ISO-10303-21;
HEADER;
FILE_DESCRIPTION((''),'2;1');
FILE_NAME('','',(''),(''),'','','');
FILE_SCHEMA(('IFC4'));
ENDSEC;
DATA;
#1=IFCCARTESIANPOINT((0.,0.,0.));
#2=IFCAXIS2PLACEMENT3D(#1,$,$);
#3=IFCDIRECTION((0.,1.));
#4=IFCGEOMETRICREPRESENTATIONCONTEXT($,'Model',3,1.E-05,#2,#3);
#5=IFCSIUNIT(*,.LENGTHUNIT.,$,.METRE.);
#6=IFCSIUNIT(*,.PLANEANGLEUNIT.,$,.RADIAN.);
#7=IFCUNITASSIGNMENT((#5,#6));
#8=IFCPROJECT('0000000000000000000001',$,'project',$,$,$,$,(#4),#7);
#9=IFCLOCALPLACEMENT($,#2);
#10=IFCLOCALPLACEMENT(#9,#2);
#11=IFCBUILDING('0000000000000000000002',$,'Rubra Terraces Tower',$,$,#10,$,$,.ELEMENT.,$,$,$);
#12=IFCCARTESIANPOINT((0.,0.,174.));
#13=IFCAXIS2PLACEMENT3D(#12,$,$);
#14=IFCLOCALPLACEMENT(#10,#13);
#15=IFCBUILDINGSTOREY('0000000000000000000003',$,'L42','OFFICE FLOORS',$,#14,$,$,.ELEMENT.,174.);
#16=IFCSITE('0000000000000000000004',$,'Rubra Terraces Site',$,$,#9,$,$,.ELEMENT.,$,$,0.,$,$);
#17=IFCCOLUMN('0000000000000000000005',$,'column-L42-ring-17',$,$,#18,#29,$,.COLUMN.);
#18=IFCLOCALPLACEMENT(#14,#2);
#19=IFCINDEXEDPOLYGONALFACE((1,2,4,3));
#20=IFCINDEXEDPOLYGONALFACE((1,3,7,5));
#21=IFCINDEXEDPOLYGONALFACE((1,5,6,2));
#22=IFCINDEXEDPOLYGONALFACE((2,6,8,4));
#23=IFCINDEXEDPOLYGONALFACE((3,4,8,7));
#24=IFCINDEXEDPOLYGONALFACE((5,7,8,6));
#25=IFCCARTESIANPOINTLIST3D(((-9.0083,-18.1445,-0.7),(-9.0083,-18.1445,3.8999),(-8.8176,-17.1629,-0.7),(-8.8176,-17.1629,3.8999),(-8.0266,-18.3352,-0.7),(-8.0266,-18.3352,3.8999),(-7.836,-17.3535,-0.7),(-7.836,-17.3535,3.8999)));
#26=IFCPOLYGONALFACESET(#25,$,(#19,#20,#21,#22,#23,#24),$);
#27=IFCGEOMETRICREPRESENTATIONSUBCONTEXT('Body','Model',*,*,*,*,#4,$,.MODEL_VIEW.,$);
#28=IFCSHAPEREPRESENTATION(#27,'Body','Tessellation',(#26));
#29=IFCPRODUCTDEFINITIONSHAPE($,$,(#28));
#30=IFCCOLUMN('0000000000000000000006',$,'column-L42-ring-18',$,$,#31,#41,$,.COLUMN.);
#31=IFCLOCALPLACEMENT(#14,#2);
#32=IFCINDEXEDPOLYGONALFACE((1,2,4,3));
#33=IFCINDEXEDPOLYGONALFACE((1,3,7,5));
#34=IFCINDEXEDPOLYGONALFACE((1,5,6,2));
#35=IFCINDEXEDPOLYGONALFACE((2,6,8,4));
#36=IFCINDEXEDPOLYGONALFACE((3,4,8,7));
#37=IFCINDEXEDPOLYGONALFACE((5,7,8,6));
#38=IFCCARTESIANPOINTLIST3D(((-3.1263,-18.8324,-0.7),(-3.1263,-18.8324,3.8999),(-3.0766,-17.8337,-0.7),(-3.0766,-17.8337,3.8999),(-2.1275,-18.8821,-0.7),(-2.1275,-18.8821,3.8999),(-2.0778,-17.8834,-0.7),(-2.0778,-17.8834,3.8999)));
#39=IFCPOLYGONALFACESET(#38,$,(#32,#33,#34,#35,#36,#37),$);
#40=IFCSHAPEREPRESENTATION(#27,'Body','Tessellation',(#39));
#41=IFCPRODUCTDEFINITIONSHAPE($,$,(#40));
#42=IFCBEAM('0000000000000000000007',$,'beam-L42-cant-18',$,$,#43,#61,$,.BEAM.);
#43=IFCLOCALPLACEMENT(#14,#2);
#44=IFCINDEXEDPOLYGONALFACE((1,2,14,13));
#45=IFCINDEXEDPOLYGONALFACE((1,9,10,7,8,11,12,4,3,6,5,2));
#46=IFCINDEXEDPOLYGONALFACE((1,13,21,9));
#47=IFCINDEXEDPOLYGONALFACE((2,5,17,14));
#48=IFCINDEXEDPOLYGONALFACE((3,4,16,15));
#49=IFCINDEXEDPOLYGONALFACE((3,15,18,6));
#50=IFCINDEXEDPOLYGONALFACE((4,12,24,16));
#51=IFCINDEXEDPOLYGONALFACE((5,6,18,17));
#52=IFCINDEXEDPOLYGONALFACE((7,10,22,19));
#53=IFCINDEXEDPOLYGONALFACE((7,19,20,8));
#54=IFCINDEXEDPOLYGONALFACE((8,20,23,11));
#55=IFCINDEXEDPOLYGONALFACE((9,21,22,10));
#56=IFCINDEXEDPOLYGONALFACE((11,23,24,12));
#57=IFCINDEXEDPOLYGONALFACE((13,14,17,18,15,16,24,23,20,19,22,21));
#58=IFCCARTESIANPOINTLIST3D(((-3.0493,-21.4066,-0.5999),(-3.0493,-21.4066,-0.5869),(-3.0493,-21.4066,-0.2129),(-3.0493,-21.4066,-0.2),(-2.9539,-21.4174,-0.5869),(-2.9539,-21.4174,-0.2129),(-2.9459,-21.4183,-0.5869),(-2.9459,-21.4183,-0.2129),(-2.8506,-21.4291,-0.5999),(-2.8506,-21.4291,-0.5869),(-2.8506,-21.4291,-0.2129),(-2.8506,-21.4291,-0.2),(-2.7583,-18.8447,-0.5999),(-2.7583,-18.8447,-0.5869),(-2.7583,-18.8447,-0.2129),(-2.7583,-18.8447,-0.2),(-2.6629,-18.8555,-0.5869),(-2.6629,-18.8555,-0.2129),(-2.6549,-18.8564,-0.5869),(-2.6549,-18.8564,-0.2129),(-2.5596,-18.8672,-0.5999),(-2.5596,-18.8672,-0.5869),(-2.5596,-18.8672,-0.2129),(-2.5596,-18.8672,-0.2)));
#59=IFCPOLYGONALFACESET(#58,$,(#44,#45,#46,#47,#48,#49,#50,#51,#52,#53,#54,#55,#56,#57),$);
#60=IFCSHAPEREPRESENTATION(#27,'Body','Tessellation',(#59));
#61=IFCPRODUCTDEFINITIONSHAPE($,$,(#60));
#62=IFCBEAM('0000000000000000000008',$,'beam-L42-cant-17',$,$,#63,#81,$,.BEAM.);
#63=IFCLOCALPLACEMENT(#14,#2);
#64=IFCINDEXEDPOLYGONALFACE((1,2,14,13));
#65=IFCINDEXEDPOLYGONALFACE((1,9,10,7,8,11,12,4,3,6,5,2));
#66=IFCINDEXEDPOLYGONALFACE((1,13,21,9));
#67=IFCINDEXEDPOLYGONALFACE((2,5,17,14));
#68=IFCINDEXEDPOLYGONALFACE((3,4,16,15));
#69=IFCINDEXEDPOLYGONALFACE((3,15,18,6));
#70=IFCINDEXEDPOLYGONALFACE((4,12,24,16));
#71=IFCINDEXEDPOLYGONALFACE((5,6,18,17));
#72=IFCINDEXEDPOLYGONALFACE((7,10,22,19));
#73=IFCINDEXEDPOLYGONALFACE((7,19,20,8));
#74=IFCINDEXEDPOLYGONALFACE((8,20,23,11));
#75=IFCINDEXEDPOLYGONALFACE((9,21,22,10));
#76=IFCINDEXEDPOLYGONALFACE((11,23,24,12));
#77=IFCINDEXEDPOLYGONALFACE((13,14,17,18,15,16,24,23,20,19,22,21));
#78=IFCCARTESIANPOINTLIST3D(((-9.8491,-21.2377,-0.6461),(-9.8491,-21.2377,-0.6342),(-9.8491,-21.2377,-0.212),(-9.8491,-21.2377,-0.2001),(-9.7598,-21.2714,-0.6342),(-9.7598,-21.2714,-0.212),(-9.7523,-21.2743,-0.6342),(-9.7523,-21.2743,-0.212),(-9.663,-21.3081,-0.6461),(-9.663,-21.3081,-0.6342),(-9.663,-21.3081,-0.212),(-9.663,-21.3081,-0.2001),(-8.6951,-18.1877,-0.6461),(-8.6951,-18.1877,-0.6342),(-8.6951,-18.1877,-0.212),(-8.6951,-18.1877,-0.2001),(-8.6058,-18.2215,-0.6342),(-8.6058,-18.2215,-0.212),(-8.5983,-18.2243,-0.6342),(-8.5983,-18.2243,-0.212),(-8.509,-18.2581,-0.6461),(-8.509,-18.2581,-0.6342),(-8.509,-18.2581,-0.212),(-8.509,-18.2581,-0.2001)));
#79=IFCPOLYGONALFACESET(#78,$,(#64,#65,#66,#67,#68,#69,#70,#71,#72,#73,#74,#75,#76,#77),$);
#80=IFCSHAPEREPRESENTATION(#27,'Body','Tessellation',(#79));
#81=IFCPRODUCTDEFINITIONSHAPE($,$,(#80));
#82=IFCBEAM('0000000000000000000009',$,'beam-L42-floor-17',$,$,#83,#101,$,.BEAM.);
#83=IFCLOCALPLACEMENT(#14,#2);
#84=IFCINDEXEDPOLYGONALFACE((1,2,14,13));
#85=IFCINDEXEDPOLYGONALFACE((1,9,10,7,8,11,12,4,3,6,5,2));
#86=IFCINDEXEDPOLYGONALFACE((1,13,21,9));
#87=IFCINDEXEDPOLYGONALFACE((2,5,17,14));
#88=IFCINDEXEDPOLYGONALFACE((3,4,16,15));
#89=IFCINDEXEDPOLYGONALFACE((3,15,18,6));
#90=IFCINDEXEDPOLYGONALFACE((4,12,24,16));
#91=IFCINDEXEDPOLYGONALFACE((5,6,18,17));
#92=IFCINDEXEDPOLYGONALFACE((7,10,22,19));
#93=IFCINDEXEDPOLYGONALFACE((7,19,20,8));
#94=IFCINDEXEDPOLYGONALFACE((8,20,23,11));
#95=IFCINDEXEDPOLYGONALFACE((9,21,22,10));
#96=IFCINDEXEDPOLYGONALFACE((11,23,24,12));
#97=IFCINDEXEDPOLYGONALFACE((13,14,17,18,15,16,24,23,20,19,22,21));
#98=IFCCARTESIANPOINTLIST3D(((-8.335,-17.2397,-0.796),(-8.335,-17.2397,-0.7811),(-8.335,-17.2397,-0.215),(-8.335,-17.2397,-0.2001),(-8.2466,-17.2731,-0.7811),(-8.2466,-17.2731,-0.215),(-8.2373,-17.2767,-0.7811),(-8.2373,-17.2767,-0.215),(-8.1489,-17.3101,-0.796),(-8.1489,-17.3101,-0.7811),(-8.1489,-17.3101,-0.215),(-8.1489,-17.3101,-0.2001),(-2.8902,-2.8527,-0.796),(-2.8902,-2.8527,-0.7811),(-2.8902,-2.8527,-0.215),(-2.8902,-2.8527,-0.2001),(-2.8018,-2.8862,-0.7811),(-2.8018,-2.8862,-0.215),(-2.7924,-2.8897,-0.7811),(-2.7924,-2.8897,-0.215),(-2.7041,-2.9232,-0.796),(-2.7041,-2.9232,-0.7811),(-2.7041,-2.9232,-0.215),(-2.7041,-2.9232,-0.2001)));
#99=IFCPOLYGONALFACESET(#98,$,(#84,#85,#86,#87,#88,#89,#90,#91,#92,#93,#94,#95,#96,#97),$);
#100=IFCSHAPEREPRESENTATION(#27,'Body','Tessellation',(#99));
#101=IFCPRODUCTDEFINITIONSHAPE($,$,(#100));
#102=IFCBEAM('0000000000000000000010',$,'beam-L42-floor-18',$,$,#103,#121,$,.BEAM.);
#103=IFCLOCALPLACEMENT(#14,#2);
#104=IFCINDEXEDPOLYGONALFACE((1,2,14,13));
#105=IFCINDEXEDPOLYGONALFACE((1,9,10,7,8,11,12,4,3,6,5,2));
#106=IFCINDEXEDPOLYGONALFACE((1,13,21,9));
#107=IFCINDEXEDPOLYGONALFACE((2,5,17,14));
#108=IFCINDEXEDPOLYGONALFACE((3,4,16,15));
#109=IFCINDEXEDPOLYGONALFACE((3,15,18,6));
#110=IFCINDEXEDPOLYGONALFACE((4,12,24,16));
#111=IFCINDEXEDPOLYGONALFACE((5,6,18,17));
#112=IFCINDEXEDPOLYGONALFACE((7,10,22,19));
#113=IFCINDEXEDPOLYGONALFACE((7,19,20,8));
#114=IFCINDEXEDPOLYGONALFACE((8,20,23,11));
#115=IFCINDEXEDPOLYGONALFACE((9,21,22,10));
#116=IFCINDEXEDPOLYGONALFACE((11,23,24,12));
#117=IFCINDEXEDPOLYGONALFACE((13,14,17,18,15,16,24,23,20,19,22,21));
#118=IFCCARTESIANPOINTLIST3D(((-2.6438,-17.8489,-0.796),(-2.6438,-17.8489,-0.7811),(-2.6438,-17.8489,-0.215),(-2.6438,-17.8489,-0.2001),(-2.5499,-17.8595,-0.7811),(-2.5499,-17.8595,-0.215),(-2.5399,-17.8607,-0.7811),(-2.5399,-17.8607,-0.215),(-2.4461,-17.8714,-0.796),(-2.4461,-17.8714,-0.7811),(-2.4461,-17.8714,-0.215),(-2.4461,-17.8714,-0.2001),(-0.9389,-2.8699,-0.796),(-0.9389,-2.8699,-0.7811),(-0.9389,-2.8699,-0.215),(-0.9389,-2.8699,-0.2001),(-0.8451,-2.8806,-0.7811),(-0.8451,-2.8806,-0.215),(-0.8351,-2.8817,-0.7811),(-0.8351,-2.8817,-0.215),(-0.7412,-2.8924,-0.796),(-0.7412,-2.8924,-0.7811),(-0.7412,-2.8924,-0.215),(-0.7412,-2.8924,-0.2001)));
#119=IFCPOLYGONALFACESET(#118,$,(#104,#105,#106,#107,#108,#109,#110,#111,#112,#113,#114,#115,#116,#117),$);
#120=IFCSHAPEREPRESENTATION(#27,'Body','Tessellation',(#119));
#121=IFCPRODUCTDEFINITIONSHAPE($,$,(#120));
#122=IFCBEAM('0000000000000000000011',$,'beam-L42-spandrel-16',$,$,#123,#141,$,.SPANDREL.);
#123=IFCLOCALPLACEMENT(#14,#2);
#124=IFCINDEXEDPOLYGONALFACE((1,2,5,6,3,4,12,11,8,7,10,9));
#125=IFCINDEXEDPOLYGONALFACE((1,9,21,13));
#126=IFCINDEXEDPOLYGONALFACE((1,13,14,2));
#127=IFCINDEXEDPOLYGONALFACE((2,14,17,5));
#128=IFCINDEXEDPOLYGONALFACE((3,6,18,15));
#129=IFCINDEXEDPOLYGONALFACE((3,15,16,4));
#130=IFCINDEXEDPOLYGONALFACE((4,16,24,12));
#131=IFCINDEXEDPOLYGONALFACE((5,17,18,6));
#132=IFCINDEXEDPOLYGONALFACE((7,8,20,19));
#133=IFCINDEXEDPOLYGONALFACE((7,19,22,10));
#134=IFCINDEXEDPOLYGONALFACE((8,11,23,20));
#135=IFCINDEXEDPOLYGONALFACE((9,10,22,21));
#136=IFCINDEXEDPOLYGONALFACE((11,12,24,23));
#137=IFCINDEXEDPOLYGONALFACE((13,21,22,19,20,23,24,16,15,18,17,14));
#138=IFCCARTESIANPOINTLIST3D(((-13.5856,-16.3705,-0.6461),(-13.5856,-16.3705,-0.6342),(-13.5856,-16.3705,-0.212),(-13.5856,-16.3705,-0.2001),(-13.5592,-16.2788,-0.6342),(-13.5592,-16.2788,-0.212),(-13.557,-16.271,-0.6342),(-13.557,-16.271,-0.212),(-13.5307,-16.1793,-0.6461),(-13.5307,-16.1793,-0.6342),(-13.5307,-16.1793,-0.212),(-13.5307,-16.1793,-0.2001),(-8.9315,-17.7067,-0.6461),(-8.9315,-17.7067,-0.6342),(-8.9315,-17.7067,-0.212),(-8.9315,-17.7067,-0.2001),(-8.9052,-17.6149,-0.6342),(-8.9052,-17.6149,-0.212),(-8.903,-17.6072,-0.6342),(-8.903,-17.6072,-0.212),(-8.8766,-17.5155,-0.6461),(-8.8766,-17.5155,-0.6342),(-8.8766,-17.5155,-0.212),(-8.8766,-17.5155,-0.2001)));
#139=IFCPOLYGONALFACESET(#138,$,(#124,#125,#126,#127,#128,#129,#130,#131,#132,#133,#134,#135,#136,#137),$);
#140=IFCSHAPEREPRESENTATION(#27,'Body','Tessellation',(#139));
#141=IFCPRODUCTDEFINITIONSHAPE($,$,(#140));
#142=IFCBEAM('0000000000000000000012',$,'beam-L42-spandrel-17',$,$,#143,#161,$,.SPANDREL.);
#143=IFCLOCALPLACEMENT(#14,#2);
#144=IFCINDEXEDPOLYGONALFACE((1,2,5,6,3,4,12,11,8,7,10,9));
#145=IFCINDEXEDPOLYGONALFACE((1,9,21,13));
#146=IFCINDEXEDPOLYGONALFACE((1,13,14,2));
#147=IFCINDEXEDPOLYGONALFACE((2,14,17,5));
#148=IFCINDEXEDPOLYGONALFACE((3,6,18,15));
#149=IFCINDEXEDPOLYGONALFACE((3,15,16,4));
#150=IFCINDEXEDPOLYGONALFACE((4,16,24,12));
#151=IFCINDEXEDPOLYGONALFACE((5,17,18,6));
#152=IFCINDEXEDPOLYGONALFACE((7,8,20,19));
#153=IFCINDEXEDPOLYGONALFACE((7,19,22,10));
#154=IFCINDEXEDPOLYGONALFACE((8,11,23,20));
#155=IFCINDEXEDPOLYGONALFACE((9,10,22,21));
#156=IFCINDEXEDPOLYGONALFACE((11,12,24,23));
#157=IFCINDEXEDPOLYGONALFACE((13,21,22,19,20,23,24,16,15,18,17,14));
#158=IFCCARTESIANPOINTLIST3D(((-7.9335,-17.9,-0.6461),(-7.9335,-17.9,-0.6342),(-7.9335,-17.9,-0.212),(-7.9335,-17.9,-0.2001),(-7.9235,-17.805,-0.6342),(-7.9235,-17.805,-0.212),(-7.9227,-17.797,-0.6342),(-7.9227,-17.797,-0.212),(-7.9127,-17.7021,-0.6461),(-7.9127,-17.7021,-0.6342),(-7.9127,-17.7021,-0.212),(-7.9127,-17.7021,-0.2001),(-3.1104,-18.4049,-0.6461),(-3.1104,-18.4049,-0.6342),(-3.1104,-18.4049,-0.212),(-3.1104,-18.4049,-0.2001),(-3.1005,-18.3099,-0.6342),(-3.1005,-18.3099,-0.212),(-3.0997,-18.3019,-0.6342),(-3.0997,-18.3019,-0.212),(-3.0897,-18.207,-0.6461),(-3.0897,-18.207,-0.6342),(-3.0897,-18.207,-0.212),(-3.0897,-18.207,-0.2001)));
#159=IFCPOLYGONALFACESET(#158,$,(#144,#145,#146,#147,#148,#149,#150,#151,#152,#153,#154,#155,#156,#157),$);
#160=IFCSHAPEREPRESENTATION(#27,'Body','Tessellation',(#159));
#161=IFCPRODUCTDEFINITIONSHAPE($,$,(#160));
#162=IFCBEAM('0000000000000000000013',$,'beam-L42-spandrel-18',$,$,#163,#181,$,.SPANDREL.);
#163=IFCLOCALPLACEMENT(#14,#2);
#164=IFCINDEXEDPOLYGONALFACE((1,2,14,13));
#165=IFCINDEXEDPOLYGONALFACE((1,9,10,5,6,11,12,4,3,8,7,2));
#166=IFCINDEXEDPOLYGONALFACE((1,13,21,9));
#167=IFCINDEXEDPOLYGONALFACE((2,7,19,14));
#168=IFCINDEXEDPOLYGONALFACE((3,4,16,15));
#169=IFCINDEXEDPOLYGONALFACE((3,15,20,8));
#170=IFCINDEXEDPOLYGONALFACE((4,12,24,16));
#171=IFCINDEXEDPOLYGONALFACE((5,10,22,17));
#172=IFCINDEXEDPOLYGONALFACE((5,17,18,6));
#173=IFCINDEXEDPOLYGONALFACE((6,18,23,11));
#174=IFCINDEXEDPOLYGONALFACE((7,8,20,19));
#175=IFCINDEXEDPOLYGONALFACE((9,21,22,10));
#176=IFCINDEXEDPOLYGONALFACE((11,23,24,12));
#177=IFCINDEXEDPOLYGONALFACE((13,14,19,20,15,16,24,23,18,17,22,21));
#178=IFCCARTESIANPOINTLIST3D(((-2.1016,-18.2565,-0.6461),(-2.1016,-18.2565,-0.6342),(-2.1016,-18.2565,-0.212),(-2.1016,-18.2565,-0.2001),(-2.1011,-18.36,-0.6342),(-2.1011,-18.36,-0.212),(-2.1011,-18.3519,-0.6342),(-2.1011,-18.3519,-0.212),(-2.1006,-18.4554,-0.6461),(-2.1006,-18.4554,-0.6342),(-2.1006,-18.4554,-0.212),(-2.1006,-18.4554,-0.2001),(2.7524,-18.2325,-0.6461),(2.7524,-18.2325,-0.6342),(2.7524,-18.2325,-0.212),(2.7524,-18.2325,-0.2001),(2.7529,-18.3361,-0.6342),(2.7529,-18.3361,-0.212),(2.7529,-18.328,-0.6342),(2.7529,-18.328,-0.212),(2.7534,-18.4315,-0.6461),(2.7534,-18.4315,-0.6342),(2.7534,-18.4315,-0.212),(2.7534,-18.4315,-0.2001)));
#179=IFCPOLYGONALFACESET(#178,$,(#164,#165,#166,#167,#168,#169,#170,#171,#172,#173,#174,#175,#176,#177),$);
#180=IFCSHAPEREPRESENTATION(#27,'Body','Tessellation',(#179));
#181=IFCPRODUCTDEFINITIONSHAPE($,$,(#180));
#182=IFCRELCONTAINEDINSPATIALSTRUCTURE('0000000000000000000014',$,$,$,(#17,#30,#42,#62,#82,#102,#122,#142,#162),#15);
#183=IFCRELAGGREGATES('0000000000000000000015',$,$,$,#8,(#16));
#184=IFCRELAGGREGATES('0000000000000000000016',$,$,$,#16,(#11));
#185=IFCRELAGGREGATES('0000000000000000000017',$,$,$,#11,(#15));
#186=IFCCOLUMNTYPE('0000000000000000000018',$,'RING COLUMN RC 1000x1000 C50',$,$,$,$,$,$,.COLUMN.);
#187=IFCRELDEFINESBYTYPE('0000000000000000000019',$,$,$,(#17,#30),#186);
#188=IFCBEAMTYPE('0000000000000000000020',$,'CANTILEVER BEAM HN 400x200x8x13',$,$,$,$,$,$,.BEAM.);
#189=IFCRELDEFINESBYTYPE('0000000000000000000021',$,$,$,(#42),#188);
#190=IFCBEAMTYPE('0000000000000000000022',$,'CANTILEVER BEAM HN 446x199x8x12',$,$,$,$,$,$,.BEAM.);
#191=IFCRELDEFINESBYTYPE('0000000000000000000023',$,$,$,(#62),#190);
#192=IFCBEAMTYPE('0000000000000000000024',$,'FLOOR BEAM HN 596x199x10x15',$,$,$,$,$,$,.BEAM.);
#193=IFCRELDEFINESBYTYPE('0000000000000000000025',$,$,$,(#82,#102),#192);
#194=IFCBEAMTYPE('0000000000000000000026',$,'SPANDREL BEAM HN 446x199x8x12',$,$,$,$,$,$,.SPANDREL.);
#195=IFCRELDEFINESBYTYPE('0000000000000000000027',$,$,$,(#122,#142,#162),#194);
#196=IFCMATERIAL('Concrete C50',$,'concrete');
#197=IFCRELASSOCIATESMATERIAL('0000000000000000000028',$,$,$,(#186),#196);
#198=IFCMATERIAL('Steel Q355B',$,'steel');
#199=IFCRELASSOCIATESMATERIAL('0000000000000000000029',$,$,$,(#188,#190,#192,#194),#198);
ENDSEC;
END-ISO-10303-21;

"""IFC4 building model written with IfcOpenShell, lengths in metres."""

from ifc_helpers import new_model, si_unit, direction, frame, origin, origin_2d, place, context, subcontext, project, spatial, rectangle, i_section, extrude, material, material_profile, profile_set, type_object, element, save


model = new_model("IFC4")

# Units and contexts
model_context = context("Model", 3, precision=1e-05, world=origin(), true_north=direction((0.0, 1.0)))
body_context = subcontext(model_context, "Body", "Model", "MODEL_VIEW")
ifc_project = project(units=[si_unit("LENGTHUNIT", "METRE"), si_unit("PLANEANGLEUNIT", "RADIAN")], contexts=[model_context])

# Site, building, storey
site_placement = place(None, origin())
site = spatial("IfcSite", under=ifc_project, at=site_placement, Name="Rubra Terraces Site", CompositionType="ELEMENT", RefElevation=0.0)
building_placement = place(site_placement, origin())
building = spatial("IfcBuilding", under=site, at=building_placement, Name="Rubra Terraces Tower", CompositionType="ELEMENT")
storey_placement = place(building_placement, frame((0.0, 0.0, 174.0)))
storey = spatial("IfcBuildingStorey", under=building, at=storey_placement, Name="L42", Description="OFFICE FLOORS", CompositionType="ELEMENT", Elevation=174.0)

# Columns
ifc_material_1 = material(Name="Concrete C50", Category="concrete")
ifc_material_profile_1 = material_profile(ifc_material_1, rectangle(XDim=1.0, YDim=1.0, at=origin_2d()), Name="RC 1000x1000")
ifc_profile_set_1 = profile_set([ifc_material_profile_1], Name="Concrete C50")
column_type = type_object("IfcColumnType", Name="RING COLUMN RC 1000x1000 C50", PredefinedType="COLUMN", material=ifc_profile_set_1)
for number, where, z_axis, x_axis, name in (
    (1, (-8.4221, -17.749, -0.7), (0.0, 0.0, 1.0), (0.981655, -0.190668, 0.0), "column-L42-ring-17"),
    (2, (-2.6021, -18.3579, -0.7), (0.0, 0.0, 1.0), (0.998764, -0.049699, 0.0), "column-L42-ring-18"),
):
    element("IfcColumn", number, at=place(storey_placement, frame(where, z_axis=z_axis, x_axis=x_axis)), inside=storey, type_object=column_type, Name=name, PredefinedType="COLUMN", context=body_context, shape_type="SweptSolid", body=[
        extrude(rectangle(XDim=1.0, YDim=1.0, at=origin_2d()), origin(), (0.0, 0.0, 1.0), 4.5999),
    ])

# Beams
ifc_material_2 = material(Name="Steel Q355B", Category="steel")
ifc_material_profile_2 = material_profile(ifc_material_2, i_section(OverallWidth=0.2, OverallDepth=0.3999, WebThickness=0.0081, FlangeThickness=0.0129, at=origin_2d()), Name="HN 400x200x8x13")
ifc_profile_set_2 = profile_set([ifc_material_profile_2], Name="Steel Q355B")
beam_type_1 = type_object("IfcBeamType", Name="CANTILEVER BEAM HN 400x200x8x13", PredefinedType="BEAM", material=ifc_profile_set_2)
beam_1_placement = place(storey_placement, frame((-2.6589, -18.856, -0.3999), z_axis=(-0.112863, -0.993611, 0.0), x_axis=(0.993611, -0.112863, 0.0)))
element("IfcBeam", 3, at=beam_1_placement, inside=storey, type_object=beam_type_1, Name="beam-L42-cant-18", PredefinedType="BEAM", context=body_context, shape_type="SweptSolid", body=[
    extrude(i_section(OverallWidth=0.2, OverallDepth=0.3999, WebThickness=0.0081, FlangeThickness=0.0129, at=origin_2d()), origin(), (0.0, 0.0, 1.0), 2.5784),
])
ifc_material_profile_3 = material_profile(ifc_material_2, i_section(OverallWidth=0.199, OverallDepth=0.446, WebThickness=0.0081, FlangeThickness=0.012, at=origin_2d()), Name="HN 446x199x8x12")
ifc_profile_set_3 = profile_set([ifc_material_profile_3], Name="Steel Q355B")
beam_type_2 = type_object("IfcBeamType", Name="CANTILEVER BEAM HN 446x199x8x12", PredefinedType="BEAM", material=ifc_profile_set_3)
beam_2_placement = place(storey_placement, frame((-8.6021, -18.2229, -0.4231), z_axis=(-0.353887, -0.935288, 0.0), x_axis=(0.935288, -0.353887, 0.0)))
element("IfcBeam", 4, at=beam_2_placement, inside=storey, type_object=beam_type_2, Name="beam-L42-cant-17", PredefinedType="BEAM", context=body_context, shape_type="SweptSolid", body=[
    extrude(i_section(OverallWidth=0.199, OverallDepth=0.446, WebThickness=0.0081, FlangeThickness=0.012, at=origin_2d()), origin(), (0.0, 0.0, 1.0), 3.261),
])
ifc_material_profile_4 = material_profile(ifc_material_2, i_section(OverallWidth=0.199, OverallDepth=0.5959, WebThickness=0.01, FlangeThickness=0.0149, at=origin_2d()), Name="HN 596x199x10x15")
ifc_profile_set_4 = profile_set([ifc_material_profile_4], Name="Steel Q355B")
beam_type_3 = type_object("IfcBeamType", Name="FLOOR BEAM HN 596x199x10x15", PredefinedType="BEAM", material=ifc_profile_set_4)
beam_3_placement = place(storey_placement, frame((-8.2419, -17.2749, -0.498), z_axis=(0.353955, 0.935262, 0.0), x_axis=(-0.935262, 0.353955, 0.0)))
element("IfcBeam", 5, at=beam_3_placement, inside=storey, type_object=beam_type_3, Name="beam-L42-floor-17", PredefinedType="BEAM", context=body_context, shape_type="SweptSolid", body=[
    extrude(i_section(OverallWidth=0.199, OverallDepth=0.5959, WebThickness=0.01, FlangeThickness=0.0149, at=origin_2d()), origin(), (0.0, 0.0, 1.0), 15.3828),
])
beam_4_placement = place(storey_placement, frame((-2.5449, -17.8601, -0.498), z_axis=(0.113085, 0.993585, 0.0), x_axis=(-0.993585, 0.113085, 0.0)))
element("IfcBeam", 6, at=beam_4_placement, inside=storey, type_object=beam_type_3, Name="beam-L42-floor-18", PredefinedType="BEAM", context=body_context, shape_type="SweptSolid", body=[
    extrude(i_section(OverallWidth=0.199, OverallDepth=0.5959, WebThickness=0.01, FlangeThickness=0.0149, at=origin_2d()), origin(), (0.0, 0.0, 1.0), 15.0757),
])
ifc_material_profile_5 = material_profile(ifc_material_2, i_section(OverallWidth=0.199, OverallDepth=0.446, WebThickness=0.0081, FlangeThickness=0.012, at=origin_2d()), Name="HN 446x199x8x12")
ifc_profile_set_5 = profile_set([ifc_material_profile_5], Name="Steel Q355B")
beam_type_4 = type_object("IfcBeamType", Name="SPANDREL BEAM HN 446x199x8x12", PredefinedType="SPANDREL", material=ifc_profile_set_5)
beam_5_placement = place(storey_placement, frame((-13.5581, -16.2749, -0.4231), z_axis=(0.961171, -0.275953, 0.0), x_axis=(0.275953, 0.961171, 0.0)))
element("IfcBeam", 7, at=beam_5_placement, inside=storey, type_object=beam_type_4, Name="beam-L42-spandrel-16", PredefinedType="SPANDREL", context=body_context, shape_type="SweptSolid", body=[
    extrude(i_section(OverallWidth=0.199, OverallDepth=0.446, WebThickness=0.0081, FlangeThickness=0.012, at=origin_2d()), origin(), (0.0, 0.0, 1.0), 4.842),
])
beam_6_placement = place(storey_placement, frame((-7.9231, -17.801, -0.4231), z_axis=(0.994565, -0.104113, 0.0), x_axis=(0.104113, 0.994565, 0.0)))
element("IfcBeam", 8, at=beam_6_placement, inside=storey, type_object=beam_type_4, Name="beam-L42-spandrel-17", PredefinedType="SPANDREL", context=body_context, shape_type="SweptSolid", body=[
    extrude(i_section(OverallWidth=0.199, OverallDepth=0.446, WebThickness=0.0081, FlangeThickness=0.012, at=origin_2d()), origin(), (0.0, 0.0, 1.0), 4.8494),
])
beam_7_placement = place(storey_placement, frame((-2.1011, -18.356, -0.4231), z_axis=(0.999988, 0.004929, 0.0), x_axis=(-0.004929, 0.999988, 0.0)))
element("IfcBeam", 9, at=beam_7_placement, inside=storey, type_object=beam_type_4, Name="beam-L42-spandrel-18", PredefinedType="SPANDREL", context=body_context, shape_type="SweptSolid", body=[
    extrude(i_section(OverallWidth=0.199, OverallDepth=0.446, WebThickness=0.0081, FlangeThickness=0.012, at=origin_2d()), origin(), (0.0, 0.0, 1.0), 4.854),
])

save(model, "model.ifc")
